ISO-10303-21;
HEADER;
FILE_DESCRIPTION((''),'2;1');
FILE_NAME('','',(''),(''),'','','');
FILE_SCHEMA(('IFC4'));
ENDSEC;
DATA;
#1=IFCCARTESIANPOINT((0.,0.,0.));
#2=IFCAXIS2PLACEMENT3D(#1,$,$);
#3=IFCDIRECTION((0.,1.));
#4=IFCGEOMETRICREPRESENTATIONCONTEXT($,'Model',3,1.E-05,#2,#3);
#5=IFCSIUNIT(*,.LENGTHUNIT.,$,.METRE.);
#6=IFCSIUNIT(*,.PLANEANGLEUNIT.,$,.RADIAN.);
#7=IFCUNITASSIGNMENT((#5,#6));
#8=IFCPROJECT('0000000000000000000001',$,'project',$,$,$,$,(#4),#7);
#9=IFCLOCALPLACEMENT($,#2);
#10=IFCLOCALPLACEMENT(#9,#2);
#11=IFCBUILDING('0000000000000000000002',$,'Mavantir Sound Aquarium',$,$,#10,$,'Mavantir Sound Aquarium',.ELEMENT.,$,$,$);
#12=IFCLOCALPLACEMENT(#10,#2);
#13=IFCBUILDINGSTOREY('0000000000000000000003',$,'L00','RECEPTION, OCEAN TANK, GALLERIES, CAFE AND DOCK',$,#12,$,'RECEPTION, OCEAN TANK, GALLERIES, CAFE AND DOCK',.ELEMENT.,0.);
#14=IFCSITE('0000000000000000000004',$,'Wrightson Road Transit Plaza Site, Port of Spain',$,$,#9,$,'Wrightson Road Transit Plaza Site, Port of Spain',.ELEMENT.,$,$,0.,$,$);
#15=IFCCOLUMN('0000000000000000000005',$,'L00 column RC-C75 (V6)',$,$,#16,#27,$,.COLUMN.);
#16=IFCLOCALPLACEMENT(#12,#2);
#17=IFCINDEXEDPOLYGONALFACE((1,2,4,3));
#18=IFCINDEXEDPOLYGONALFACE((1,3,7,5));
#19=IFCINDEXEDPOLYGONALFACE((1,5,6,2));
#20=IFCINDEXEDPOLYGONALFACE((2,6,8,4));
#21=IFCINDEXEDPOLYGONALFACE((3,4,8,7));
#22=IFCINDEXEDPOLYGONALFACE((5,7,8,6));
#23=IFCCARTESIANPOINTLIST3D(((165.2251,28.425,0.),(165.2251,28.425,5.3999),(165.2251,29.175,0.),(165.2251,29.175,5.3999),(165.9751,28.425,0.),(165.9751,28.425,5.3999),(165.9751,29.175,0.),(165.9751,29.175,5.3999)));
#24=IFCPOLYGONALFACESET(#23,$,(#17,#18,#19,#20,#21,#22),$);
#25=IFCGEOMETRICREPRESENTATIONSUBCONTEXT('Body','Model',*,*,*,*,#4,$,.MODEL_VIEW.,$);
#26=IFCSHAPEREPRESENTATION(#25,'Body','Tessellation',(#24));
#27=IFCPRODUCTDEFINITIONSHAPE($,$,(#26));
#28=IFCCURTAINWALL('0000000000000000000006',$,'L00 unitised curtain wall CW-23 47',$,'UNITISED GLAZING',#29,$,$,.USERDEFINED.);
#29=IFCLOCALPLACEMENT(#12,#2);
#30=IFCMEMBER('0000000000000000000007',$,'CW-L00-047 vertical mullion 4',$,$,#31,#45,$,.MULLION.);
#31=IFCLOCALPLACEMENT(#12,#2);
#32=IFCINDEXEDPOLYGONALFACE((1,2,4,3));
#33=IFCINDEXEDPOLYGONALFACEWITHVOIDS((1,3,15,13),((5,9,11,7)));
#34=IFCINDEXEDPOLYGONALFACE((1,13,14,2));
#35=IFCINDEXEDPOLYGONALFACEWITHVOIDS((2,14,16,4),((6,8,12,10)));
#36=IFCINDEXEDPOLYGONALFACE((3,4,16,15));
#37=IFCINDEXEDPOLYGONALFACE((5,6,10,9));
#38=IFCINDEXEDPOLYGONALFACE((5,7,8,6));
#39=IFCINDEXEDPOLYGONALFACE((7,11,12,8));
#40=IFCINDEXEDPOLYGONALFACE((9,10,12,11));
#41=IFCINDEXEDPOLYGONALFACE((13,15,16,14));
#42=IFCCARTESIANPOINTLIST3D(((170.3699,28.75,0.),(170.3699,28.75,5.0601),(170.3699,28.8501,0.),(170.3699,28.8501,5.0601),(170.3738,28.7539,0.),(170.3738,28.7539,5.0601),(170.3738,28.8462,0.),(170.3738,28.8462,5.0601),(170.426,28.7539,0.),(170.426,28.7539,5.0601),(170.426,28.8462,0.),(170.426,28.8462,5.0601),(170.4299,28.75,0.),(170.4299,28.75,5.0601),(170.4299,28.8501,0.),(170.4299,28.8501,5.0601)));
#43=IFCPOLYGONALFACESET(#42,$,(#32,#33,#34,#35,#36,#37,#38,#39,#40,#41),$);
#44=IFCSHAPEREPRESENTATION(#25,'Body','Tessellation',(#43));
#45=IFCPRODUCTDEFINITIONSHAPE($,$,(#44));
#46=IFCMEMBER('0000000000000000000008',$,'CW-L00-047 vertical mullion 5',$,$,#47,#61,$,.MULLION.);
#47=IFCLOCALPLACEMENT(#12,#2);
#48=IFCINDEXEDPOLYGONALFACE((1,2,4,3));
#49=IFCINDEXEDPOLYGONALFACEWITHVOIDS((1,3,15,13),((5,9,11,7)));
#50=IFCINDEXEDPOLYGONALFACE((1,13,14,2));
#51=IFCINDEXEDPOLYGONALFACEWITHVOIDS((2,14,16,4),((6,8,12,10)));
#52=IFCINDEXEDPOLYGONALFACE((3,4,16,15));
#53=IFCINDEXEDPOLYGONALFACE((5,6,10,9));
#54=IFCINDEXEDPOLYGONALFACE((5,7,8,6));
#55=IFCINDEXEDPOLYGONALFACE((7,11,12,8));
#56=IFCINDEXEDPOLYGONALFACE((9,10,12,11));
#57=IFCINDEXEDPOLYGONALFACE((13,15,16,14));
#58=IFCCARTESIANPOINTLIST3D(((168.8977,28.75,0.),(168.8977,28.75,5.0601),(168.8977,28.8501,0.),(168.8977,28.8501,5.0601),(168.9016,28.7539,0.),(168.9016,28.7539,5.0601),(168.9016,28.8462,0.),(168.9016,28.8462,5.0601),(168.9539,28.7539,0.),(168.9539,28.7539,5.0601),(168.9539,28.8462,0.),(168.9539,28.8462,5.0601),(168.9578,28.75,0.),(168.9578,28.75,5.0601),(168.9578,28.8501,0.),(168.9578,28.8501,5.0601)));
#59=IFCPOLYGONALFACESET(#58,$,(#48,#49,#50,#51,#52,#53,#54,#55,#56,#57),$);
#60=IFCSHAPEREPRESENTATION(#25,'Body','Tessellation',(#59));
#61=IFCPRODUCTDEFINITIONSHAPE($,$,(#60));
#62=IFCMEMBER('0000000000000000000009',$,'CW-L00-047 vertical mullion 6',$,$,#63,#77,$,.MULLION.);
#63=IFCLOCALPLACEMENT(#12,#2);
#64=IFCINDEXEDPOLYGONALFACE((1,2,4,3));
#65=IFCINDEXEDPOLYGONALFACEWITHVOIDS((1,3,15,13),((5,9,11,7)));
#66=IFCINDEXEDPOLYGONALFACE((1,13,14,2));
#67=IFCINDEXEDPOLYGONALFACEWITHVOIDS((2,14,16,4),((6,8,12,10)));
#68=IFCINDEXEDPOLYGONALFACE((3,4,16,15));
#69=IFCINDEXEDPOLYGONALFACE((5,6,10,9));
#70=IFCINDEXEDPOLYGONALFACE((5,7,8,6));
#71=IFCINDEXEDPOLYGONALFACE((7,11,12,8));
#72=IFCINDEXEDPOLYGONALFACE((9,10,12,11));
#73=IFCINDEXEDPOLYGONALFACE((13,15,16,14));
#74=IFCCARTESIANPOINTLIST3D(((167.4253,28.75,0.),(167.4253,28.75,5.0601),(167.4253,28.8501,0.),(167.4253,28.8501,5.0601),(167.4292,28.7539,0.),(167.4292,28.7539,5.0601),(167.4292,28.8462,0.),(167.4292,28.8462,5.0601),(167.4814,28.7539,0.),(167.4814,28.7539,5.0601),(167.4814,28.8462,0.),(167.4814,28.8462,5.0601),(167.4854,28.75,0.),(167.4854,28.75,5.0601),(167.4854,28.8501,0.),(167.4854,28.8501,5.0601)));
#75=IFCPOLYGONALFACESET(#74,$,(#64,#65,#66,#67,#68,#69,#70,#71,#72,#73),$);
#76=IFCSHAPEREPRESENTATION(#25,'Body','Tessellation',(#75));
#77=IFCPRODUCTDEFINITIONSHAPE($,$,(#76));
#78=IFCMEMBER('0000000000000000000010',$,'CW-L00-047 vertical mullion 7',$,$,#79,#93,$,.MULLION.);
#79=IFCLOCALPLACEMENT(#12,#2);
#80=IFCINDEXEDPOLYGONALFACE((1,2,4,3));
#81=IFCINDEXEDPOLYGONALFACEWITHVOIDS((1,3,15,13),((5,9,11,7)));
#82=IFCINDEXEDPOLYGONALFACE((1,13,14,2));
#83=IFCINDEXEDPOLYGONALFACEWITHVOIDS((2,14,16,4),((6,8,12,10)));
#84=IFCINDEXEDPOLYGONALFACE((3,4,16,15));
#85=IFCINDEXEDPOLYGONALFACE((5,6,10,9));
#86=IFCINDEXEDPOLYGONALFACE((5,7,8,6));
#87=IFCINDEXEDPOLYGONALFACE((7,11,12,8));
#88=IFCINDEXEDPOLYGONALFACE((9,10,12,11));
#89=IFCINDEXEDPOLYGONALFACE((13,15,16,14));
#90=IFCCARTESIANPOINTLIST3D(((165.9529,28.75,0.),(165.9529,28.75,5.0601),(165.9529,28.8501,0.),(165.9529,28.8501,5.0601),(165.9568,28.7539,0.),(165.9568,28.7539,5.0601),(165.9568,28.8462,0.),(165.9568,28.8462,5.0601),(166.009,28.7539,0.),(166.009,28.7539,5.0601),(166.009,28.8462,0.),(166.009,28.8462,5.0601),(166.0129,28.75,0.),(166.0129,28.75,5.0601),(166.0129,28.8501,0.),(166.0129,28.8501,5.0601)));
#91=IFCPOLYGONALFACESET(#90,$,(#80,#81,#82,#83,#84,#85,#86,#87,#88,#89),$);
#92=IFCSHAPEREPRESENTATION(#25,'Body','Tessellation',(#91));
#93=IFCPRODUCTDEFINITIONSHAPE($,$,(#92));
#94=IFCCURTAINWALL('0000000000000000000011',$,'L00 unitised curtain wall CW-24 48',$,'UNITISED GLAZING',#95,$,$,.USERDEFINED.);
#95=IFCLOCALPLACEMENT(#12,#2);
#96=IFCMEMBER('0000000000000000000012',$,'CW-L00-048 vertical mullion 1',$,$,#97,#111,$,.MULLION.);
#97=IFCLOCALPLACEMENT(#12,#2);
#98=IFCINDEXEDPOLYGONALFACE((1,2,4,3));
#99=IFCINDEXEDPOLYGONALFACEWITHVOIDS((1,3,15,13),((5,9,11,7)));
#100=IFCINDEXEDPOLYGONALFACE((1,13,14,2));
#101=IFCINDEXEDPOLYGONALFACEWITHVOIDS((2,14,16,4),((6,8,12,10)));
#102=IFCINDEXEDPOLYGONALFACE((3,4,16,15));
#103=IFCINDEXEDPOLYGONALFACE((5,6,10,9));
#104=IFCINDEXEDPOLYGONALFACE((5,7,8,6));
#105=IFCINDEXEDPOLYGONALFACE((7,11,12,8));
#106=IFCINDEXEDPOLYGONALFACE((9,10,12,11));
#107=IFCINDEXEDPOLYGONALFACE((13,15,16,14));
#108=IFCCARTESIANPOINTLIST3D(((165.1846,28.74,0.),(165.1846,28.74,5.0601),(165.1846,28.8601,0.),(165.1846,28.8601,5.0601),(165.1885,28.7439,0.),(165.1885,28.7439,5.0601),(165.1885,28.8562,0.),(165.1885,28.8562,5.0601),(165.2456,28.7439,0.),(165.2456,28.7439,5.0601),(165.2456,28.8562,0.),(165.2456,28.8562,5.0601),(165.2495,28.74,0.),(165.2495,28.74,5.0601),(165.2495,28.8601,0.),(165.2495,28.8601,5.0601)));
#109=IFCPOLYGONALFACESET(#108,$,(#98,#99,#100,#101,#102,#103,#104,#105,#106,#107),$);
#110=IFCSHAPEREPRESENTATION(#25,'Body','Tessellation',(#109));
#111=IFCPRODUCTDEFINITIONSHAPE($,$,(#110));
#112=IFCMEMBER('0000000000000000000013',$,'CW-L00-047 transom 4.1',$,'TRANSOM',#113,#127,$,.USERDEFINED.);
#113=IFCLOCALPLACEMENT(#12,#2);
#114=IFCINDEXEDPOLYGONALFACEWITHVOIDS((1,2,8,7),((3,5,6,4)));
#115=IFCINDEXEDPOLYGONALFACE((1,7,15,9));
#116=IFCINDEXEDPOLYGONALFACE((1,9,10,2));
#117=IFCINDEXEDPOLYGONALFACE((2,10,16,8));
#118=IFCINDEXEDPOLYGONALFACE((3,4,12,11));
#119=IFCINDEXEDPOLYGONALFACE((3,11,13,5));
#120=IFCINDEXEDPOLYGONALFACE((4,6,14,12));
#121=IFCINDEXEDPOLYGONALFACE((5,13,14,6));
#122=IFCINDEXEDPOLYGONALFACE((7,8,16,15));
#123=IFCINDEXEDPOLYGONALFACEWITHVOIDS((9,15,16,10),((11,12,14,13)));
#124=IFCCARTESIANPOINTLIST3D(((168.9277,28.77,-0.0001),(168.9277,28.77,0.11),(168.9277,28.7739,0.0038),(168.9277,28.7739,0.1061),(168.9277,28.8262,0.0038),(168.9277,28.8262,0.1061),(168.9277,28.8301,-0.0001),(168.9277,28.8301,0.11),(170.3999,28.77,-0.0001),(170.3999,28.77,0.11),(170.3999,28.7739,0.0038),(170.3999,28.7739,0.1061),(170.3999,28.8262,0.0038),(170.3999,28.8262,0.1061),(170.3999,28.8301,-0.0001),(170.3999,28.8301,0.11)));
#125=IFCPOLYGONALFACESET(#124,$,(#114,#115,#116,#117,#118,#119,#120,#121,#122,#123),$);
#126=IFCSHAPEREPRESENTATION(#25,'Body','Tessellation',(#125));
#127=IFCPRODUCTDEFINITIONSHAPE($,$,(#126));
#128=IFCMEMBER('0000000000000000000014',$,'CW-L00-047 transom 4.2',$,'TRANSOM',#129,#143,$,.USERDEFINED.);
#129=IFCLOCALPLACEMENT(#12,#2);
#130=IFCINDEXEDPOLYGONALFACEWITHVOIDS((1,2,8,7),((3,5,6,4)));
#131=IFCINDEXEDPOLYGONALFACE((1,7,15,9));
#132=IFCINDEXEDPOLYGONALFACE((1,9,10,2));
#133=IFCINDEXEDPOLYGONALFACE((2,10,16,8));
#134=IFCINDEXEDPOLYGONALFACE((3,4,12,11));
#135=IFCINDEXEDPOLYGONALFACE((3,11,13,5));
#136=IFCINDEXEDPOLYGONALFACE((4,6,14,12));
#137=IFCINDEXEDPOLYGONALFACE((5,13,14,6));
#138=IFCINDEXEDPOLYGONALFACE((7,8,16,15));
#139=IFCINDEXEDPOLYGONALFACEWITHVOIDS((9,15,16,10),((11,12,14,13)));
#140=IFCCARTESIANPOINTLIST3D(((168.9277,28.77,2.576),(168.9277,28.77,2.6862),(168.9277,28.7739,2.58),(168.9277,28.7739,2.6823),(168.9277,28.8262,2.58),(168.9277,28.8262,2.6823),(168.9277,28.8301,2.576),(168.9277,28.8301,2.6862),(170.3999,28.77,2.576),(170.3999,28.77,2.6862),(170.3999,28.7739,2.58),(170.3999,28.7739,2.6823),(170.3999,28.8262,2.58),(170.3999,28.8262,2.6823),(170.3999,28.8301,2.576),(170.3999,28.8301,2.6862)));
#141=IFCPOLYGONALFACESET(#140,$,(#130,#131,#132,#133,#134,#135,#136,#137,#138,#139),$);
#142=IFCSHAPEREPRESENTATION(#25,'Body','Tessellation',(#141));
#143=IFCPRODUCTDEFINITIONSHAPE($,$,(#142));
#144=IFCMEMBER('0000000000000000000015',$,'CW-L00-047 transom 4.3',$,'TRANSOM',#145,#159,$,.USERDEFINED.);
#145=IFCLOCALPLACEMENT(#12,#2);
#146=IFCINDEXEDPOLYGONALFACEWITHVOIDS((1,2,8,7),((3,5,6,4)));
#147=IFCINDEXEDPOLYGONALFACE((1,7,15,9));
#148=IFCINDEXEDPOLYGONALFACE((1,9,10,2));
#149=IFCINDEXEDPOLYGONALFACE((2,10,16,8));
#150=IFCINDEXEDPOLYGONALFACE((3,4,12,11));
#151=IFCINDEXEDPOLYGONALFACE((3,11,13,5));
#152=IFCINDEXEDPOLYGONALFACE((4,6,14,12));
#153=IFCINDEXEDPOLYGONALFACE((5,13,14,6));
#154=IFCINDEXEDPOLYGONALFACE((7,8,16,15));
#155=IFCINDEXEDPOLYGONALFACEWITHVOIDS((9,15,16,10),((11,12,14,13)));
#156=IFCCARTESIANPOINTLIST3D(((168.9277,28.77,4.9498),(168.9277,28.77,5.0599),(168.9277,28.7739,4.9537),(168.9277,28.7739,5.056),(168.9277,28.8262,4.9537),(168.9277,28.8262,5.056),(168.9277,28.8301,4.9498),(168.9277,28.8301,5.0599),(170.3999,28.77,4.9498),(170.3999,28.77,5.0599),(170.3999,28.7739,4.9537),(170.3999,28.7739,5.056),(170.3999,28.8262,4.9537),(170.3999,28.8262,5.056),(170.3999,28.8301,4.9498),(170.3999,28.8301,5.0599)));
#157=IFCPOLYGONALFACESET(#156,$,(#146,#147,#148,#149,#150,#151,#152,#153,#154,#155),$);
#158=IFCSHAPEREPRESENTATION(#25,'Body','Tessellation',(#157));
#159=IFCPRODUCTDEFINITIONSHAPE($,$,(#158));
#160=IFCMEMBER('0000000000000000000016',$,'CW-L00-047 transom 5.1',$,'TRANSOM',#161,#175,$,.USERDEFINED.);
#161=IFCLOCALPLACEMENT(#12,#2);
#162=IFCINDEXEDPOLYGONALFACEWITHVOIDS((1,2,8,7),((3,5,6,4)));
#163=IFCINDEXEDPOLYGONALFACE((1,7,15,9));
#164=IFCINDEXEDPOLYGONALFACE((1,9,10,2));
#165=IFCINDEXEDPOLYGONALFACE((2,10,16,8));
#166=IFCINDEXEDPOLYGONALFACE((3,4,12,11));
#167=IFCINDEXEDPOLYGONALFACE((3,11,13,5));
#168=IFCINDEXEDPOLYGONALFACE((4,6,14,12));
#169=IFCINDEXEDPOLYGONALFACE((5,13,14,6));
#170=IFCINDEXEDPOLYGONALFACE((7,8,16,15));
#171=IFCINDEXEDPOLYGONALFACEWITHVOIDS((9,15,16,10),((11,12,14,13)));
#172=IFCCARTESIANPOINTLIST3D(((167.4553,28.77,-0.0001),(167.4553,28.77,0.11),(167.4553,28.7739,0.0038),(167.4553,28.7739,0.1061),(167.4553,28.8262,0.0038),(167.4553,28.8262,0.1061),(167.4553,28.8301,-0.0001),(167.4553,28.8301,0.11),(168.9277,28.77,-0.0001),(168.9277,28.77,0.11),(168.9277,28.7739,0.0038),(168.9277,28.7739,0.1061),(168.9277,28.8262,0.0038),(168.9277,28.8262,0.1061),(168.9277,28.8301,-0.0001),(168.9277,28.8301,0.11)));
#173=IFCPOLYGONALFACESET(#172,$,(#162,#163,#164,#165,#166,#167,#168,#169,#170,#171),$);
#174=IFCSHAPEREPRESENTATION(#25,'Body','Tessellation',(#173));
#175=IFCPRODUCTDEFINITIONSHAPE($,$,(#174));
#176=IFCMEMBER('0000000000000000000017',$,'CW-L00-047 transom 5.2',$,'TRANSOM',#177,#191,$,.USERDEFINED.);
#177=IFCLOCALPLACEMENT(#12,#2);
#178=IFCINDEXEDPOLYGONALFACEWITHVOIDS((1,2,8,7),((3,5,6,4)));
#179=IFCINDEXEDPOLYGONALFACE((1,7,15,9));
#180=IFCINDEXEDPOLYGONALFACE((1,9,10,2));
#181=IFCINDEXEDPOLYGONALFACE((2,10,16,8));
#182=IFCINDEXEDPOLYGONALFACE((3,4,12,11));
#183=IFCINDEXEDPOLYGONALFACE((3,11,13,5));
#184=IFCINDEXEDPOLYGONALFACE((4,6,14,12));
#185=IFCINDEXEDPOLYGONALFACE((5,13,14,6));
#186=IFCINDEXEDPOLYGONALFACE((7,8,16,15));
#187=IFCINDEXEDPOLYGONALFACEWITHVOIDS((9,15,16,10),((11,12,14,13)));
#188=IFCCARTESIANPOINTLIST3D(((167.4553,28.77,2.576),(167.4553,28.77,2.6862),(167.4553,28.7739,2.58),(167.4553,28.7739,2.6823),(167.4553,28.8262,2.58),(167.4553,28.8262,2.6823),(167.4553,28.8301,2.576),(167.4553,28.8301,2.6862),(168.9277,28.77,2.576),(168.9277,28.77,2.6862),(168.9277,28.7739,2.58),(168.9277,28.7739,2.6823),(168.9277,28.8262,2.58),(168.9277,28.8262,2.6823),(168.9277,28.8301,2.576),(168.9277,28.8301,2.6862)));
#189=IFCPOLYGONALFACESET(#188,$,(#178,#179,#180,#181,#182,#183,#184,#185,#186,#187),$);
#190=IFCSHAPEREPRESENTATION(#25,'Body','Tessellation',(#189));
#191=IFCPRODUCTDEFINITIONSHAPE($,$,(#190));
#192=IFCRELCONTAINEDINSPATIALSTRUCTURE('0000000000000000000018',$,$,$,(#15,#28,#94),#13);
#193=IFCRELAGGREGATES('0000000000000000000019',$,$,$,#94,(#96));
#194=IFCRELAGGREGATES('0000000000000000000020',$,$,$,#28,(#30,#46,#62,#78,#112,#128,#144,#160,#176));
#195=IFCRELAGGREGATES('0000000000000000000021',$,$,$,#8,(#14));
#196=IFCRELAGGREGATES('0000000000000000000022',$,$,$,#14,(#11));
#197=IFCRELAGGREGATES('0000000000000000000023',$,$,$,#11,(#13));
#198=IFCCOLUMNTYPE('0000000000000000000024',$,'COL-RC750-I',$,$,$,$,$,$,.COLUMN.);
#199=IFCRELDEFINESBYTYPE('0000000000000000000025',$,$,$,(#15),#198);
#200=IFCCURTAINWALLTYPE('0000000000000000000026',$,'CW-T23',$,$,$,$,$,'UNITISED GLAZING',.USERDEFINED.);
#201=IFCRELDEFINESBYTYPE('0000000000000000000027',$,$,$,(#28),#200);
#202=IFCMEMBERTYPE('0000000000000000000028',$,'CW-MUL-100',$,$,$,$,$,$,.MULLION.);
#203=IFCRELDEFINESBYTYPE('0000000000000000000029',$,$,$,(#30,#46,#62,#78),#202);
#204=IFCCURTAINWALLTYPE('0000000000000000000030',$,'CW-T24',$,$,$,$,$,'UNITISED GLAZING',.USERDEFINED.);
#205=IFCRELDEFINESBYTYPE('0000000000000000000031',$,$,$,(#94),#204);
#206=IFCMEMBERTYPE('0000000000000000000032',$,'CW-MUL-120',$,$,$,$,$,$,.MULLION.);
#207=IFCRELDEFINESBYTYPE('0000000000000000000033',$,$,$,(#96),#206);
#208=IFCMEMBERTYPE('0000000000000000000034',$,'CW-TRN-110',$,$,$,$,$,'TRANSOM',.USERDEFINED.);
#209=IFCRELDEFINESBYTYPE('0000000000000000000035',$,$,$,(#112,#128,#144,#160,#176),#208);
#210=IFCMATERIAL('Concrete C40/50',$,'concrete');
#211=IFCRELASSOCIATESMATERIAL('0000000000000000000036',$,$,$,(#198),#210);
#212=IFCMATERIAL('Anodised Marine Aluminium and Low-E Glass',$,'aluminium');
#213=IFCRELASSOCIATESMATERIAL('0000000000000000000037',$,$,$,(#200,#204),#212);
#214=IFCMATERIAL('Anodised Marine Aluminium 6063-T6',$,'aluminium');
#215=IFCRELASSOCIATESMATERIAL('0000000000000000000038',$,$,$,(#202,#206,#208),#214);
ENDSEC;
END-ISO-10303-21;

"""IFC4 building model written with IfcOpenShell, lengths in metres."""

from ifc_helpers import new_model, si_unit, direction, frame, origin, origin_2d, place, context, subcontext, project, spatial, rectangle, hollow_rectangle, extrude, material, material_profile, profile_set, type_object, element, aggregate, save


model = new_model("IFC4")

# Units and contexts
model_context = context("Model", 3, precision=1e-05, world=origin(), true_north=direction((0.0, 1.0)))
body_context = subcontext(model_context, "Body", "Model", "MODEL_VIEW")
ifc_project = project(units=[si_unit("LENGTHUNIT", "METRE"), si_unit("PLANEANGLEUNIT", "RADIAN")], contexts=[model_context])

# Site, building, storey
site_placement = place(None, origin())
site = spatial("IfcSite", under=ifc_project, at=site_placement, Name="Wrightson Road Transit Plaza Site, Port of Spain", LongName="Wrightson Road Transit Plaza Site, Port of Spain", CompositionType="ELEMENT", RefElevation=0.0)
building_placement = place(site_placement, origin())
building = spatial("IfcBuilding", under=site, at=building_placement, Name="Mavantir Sound Aquarium", LongName="Mavantir Sound Aquarium", CompositionType="ELEMENT")
storey_placement = place(building_placement, origin())
storey = spatial("IfcBuildingStorey", under=building, at=storey_placement, Name="L00", Description="RECEPTION, OCEAN TANK, GALLERIES, CAFE AND DOCK", LongName="RECEPTION, OCEAN TANK, GALLERIES, CAFE AND DOCK", CompositionType="ELEMENT", Elevation=0.0)

# Column
ifc_material_1 = material(Name="Concrete C40/50", Category="concrete")
ifc_material_profile_1 = material_profile(ifc_material_1, rectangle(XDim=0.75, YDim=0.75, at=origin_2d()), Name="RC 750X750")
ifc_profile_set_1 = profile_set([ifc_material_profile_1], Name="Concrete C40/50")
column_type = type_object("IfcColumnType", Name="COL-RC750-I", PredefinedType="COLUMN", material=ifc_profile_set_1)
column_placement = place(storey_placement, frame((165.6001, 28.8, 0.0), z_axis=(0.0, 0.0, 1.0), x_axis=(1.0, 0.0, 0.0)))
element("IfcColumn", 1, at=column_placement, inside=storey, type_object=column_type, Name="L00 column RC-C75 (V6)", PredefinedType="COLUMN", context=body_context, shape_type="SweptSolid", body=[
    extrude(rectangle(XDim=0.75, YDim=0.75, at=origin_2d()), origin(), (0.0, 0.0, 1.0), 5.3999),
])

# Curtain wall, members
ifc_material_2 = material(Name="Anodised Marine Aluminium and Low-E Glass", Category="aluminium")
curtain_wall_type_1 = type_object("IfcCurtainWallType", Name="CW-T23", ElementType="UNITISED GLAZING", PredefinedType="USERDEFINED", material=ifc_material_2)
curtain_wall_1_placement = place(storey_placement, origin())
curtain_wall_1 = element("IfcCurtainWall", 2, at=curtain_wall_1_placement, inside=storey, type_object=curtain_wall_type_1, Name="L00 unitised curtain wall CW-23 47", ObjectType="UNITISED GLAZING", PredefinedType="USERDEFINED")
ifc_material_3 = material(Name="Anodised Marine Aluminium 6063-T6", Category="aluminium")
ifc_material_profile_2 = material_profile(ifc_material_3, hollow_rectangle(XDim=0.0601, YDim=0.1001, WallThickness=0.0039, at=origin_2d()), Name="ALU-MULLION-100X60")
ifc_profile_set_2 = profile_set([ifc_material_profile_2], Name="Anodised Marine Aluminium 6063-T6")
member_type_1 = type_object("IfcMemberType", Name="CW-MUL-100", PredefinedType="MULLION", material=ifc_profile_set_2)
member_1_placement = place(storey_placement, frame((170.3999, 28.8, 0.0), z_axis=(0.0, 0.0, 1.0), x_axis=(1.0, 0.0, 0.0)))
member_1 = element("IfcMember", 3, at=member_1_placement, type_object=member_type_1, Name="CW-L00-047 vertical mullion 4", PredefinedType="MULLION", context=body_context, shape_type="SweptSolid", body=[
    extrude(hollow_rectangle(XDim=0.0601, YDim=0.1001, WallThickness=0.0039, at=origin_2d()), origin(), (0.0, 0.0, 1.0), 5.0601),
])
member_2_placement = place(storey_placement, frame((168.9277, 28.8, 0.0), z_axis=(0.0, 0.0, 1.0), x_axis=(1.0, 0.0, 0.0)))
member_2 = element("IfcMember", 4, at=member_2_placement, type_object=member_type_1, Name="CW-L00-047 vertical mullion 5", PredefinedType="MULLION", context=body_context, shape_type="SweptSolid", body=[
    extrude(hollow_rectangle(XDim=0.0601, YDim=0.1001, WallThickness=0.0039, at=origin_2d()), origin(), (0.0, 0.0, 1.0), 5.0601),
])
member_3_placement = place(storey_placement, frame((167.4553, 28.8, 0.0), z_axis=(0.0, 0.0, 1.0), x_axis=(1.0, 0.0, 0.0)))
member_3 = element("IfcMember", 5, at=member_3_placement, type_object=member_type_1, Name="CW-L00-047 vertical mullion 6", PredefinedType="MULLION", context=body_context, shape_type="SweptSolid", body=[
    extrude(hollow_rectangle(XDim=0.0601, YDim=0.1001, WallThickness=0.0039, at=origin_2d()), origin(), (0.0, 0.0, 1.0), 5.0601),
])
member_4_placement = place(storey_placement, frame((165.9829, 28.8, 0.0), z_axis=(0.0, 0.0, 1.0), x_axis=(1.0, 0.0, 0.0)))
member_4 = element("IfcMember", 6, at=member_4_placement, type_object=member_type_1, Name="CW-L00-047 vertical mullion 7", PredefinedType="MULLION", context=body_context, shape_type="SweptSolid", body=[
    extrude(hollow_rectangle(XDim=0.0601, YDim=0.1001, WallThickness=0.0039, at=origin_2d()), origin(), (0.0, 0.0, 1.0), 5.0601),
])

# Curtain wall, member
curtain_wall_type_2 = type_object("IfcCurtainWallType", Name="CW-T24", ElementType="UNITISED GLAZING", PredefinedType="USERDEFINED", material=ifc_material_2)
curtain_wall_2_placement = place(storey_placement, origin())
curtain_wall_2 = element("IfcCurtainWall", 7, at=curtain_wall_2_placement, inside=storey, type_object=curtain_wall_type_2, Name="L00 unitised curtain wall CW-24 48", ObjectType="UNITISED GLAZING", PredefinedType="USERDEFINED")
ifc_material_profile_3 = material_profile(ifc_material_3, hollow_rectangle(XDim=0.0649, YDim=0.1201, WallThickness=0.0039, at=origin_2d()), Name="ALU-MULLION-120X65")
ifc_profile_set_3 = profile_set([ifc_material_profile_3], Name="Anodised Marine Aluminium 6063-T6")
member_type_2 = type_object("IfcMemberType", Name="CW-MUL-120", PredefinedType="MULLION", material=ifc_profile_set_3)
member_5_placement = place(storey_placement, frame((165.217, 28.8, 0.0), z_axis=(0.0, 0.0, 1.0), x_axis=(1.0, 0.0, 0.0)))
member_5 = element("IfcMember", 8, at=member_5_placement, type_object=member_type_2, Name="CW-L00-048 vertical mullion 1", PredefinedType="MULLION", context=body_context, shape_type="SweptSolid", body=[
    extrude(hollow_rectangle(XDim=0.0649, YDim=0.1201, WallThickness=0.0039, at=origin_2d()), origin(), (0.0, 0.0, 1.0), 5.0601),
])

# Members
ifc_material_profile_4 = material_profile(ifc_material_3, hollow_rectangle(XDim=0.0601, YDim=0.1101, WallThickness=0.0039, at=origin_2d()), Name="ALU-TRANSOM-110X60")
ifc_profile_set_4 = profile_set([ifc_material_profile_4], Name="Anodised Marine Aluminium 6063-T6")
member_type_3 = type_object("IfcMemberType", Name="CW-TRN-110", ElementType="TRANSOM", PredefinedType="USERDEFINED", material=ifc_profile_set_4)
member_6_placement = place(storey_placement, frame((170.3999, 28.8, 0.0549), z_axis=(-1.0, 0.0, 0.0), x_axis=(0.0, -1.0, 0.0)))
member_6 = element("IfcMember", 9, at=member_6_placement, type_object=member_type_3, Name="CW-L00-047 transom 4.1", ObjectType="TRANSOM", PredefinedType="USERDEFINED", context=body_context, shape_type="SweptSolid", body=[
    extrude(hollow_rectangle(XDim=0.0601, YDim=0.1101, WallThickness=0.0039, at=origin_2d()), origin(), (0.0, 0.0, 1.0), 1.4722),
])
member_7_placement = place(storey_placement, frame((170.3999, 28.8, 2.6311), z_axis=(-1.0, 0.0, 0.0), x_axis=(0.0, -1.0, 0.0)))
member_7 = element("IfcMember", 10, at=member_7_placement, type_object=member_type_3, Name="CW-L00-047 transom 4.2", ObjectType="TRANSOM", PredefinedType="USERDEFINED", context=body_context, shape_type="SweptSolid", body=[
    extrude(hollow_rectangle(XDim=0.0601, YDim=0.1101, WallThickness=0.0039, at=origin_2d()), origin(), (0.0, 0.0, 1.0), 1.4722),
])
member_8_placement = place(storey_placement, frame((170.3999, 28.8, 5.0049), z_axis=(-1.0, 0.0, 0.0), x_axis=(0.0, -1.0, 0.0)))
member_8 = element("IfcMember", 11, at=member_8_placement, type_object=member_type_3, Name="CW-L00-047 transom 4.3", ObjectType="TRANSOM", PredefinedType="USERDEFINED", context=body_context, shape_type="SweptSolid", body=[
    extrude(hollow_rectangle(XDim=0.0601, YDim=0.1101, WallThickness=0.0039, at=origin_2d()), origin(), (0.0, 0.0, 1.0), 1.4722),
])
member_9_placement = place(storey_placement, frame((168.9277, 28.8, 0.0549), z_axis=(-1.0, 0.0, 0.0), x_axis=(0.0, -1.0, 0.0)))
member_9 = element("IfcMember", 12, at=member_9_placement, type_object=member_type_3, Name="CW-L00-047 transom 5.1", ObjectType="TRANSOM", PredefinedType="USERDEFINED", context=body_context, shape_type="SweptSolid", body=[
    extrude(hollow_rectangle(XDim=0.0601, YDim=0.1101, WallThickness=0.0039, at=origin_2d()), origin(), (0.0, 0.0, 1.0), 1.4724),
])
member_10_placement = place(storey_placement, frame((168.9277, 28.8, 2.6311), z_axis=(-1.0, 0.0, 0.0), x_axis=(0.0, -1.0, 0.0)))
member_10 = element("IfcMember", 13, at=member_10_placement, type_object=member_type_3, Name="CW-L00-047 transom 5.2", ObjectType="TRANSOM", PredefinedType="USERDEFINED", context=body_context, shape_type="SweptSolid", body=[
    extrude(hollow_rectangle(XDim=0.0601, YDim=0.1101, WallThickness=0.0039, at=origin_2d()), origin(), (0.0, 0.0, 1.0), 1.4724),
])
aggregate(curtain_wall_2, [member_5])

aggregate(curtain_wall_1, [member_1, member_2, member_3, member_4, member_6, member_7, member_8, member_9, member_10])

save(model, "model.ifc")
